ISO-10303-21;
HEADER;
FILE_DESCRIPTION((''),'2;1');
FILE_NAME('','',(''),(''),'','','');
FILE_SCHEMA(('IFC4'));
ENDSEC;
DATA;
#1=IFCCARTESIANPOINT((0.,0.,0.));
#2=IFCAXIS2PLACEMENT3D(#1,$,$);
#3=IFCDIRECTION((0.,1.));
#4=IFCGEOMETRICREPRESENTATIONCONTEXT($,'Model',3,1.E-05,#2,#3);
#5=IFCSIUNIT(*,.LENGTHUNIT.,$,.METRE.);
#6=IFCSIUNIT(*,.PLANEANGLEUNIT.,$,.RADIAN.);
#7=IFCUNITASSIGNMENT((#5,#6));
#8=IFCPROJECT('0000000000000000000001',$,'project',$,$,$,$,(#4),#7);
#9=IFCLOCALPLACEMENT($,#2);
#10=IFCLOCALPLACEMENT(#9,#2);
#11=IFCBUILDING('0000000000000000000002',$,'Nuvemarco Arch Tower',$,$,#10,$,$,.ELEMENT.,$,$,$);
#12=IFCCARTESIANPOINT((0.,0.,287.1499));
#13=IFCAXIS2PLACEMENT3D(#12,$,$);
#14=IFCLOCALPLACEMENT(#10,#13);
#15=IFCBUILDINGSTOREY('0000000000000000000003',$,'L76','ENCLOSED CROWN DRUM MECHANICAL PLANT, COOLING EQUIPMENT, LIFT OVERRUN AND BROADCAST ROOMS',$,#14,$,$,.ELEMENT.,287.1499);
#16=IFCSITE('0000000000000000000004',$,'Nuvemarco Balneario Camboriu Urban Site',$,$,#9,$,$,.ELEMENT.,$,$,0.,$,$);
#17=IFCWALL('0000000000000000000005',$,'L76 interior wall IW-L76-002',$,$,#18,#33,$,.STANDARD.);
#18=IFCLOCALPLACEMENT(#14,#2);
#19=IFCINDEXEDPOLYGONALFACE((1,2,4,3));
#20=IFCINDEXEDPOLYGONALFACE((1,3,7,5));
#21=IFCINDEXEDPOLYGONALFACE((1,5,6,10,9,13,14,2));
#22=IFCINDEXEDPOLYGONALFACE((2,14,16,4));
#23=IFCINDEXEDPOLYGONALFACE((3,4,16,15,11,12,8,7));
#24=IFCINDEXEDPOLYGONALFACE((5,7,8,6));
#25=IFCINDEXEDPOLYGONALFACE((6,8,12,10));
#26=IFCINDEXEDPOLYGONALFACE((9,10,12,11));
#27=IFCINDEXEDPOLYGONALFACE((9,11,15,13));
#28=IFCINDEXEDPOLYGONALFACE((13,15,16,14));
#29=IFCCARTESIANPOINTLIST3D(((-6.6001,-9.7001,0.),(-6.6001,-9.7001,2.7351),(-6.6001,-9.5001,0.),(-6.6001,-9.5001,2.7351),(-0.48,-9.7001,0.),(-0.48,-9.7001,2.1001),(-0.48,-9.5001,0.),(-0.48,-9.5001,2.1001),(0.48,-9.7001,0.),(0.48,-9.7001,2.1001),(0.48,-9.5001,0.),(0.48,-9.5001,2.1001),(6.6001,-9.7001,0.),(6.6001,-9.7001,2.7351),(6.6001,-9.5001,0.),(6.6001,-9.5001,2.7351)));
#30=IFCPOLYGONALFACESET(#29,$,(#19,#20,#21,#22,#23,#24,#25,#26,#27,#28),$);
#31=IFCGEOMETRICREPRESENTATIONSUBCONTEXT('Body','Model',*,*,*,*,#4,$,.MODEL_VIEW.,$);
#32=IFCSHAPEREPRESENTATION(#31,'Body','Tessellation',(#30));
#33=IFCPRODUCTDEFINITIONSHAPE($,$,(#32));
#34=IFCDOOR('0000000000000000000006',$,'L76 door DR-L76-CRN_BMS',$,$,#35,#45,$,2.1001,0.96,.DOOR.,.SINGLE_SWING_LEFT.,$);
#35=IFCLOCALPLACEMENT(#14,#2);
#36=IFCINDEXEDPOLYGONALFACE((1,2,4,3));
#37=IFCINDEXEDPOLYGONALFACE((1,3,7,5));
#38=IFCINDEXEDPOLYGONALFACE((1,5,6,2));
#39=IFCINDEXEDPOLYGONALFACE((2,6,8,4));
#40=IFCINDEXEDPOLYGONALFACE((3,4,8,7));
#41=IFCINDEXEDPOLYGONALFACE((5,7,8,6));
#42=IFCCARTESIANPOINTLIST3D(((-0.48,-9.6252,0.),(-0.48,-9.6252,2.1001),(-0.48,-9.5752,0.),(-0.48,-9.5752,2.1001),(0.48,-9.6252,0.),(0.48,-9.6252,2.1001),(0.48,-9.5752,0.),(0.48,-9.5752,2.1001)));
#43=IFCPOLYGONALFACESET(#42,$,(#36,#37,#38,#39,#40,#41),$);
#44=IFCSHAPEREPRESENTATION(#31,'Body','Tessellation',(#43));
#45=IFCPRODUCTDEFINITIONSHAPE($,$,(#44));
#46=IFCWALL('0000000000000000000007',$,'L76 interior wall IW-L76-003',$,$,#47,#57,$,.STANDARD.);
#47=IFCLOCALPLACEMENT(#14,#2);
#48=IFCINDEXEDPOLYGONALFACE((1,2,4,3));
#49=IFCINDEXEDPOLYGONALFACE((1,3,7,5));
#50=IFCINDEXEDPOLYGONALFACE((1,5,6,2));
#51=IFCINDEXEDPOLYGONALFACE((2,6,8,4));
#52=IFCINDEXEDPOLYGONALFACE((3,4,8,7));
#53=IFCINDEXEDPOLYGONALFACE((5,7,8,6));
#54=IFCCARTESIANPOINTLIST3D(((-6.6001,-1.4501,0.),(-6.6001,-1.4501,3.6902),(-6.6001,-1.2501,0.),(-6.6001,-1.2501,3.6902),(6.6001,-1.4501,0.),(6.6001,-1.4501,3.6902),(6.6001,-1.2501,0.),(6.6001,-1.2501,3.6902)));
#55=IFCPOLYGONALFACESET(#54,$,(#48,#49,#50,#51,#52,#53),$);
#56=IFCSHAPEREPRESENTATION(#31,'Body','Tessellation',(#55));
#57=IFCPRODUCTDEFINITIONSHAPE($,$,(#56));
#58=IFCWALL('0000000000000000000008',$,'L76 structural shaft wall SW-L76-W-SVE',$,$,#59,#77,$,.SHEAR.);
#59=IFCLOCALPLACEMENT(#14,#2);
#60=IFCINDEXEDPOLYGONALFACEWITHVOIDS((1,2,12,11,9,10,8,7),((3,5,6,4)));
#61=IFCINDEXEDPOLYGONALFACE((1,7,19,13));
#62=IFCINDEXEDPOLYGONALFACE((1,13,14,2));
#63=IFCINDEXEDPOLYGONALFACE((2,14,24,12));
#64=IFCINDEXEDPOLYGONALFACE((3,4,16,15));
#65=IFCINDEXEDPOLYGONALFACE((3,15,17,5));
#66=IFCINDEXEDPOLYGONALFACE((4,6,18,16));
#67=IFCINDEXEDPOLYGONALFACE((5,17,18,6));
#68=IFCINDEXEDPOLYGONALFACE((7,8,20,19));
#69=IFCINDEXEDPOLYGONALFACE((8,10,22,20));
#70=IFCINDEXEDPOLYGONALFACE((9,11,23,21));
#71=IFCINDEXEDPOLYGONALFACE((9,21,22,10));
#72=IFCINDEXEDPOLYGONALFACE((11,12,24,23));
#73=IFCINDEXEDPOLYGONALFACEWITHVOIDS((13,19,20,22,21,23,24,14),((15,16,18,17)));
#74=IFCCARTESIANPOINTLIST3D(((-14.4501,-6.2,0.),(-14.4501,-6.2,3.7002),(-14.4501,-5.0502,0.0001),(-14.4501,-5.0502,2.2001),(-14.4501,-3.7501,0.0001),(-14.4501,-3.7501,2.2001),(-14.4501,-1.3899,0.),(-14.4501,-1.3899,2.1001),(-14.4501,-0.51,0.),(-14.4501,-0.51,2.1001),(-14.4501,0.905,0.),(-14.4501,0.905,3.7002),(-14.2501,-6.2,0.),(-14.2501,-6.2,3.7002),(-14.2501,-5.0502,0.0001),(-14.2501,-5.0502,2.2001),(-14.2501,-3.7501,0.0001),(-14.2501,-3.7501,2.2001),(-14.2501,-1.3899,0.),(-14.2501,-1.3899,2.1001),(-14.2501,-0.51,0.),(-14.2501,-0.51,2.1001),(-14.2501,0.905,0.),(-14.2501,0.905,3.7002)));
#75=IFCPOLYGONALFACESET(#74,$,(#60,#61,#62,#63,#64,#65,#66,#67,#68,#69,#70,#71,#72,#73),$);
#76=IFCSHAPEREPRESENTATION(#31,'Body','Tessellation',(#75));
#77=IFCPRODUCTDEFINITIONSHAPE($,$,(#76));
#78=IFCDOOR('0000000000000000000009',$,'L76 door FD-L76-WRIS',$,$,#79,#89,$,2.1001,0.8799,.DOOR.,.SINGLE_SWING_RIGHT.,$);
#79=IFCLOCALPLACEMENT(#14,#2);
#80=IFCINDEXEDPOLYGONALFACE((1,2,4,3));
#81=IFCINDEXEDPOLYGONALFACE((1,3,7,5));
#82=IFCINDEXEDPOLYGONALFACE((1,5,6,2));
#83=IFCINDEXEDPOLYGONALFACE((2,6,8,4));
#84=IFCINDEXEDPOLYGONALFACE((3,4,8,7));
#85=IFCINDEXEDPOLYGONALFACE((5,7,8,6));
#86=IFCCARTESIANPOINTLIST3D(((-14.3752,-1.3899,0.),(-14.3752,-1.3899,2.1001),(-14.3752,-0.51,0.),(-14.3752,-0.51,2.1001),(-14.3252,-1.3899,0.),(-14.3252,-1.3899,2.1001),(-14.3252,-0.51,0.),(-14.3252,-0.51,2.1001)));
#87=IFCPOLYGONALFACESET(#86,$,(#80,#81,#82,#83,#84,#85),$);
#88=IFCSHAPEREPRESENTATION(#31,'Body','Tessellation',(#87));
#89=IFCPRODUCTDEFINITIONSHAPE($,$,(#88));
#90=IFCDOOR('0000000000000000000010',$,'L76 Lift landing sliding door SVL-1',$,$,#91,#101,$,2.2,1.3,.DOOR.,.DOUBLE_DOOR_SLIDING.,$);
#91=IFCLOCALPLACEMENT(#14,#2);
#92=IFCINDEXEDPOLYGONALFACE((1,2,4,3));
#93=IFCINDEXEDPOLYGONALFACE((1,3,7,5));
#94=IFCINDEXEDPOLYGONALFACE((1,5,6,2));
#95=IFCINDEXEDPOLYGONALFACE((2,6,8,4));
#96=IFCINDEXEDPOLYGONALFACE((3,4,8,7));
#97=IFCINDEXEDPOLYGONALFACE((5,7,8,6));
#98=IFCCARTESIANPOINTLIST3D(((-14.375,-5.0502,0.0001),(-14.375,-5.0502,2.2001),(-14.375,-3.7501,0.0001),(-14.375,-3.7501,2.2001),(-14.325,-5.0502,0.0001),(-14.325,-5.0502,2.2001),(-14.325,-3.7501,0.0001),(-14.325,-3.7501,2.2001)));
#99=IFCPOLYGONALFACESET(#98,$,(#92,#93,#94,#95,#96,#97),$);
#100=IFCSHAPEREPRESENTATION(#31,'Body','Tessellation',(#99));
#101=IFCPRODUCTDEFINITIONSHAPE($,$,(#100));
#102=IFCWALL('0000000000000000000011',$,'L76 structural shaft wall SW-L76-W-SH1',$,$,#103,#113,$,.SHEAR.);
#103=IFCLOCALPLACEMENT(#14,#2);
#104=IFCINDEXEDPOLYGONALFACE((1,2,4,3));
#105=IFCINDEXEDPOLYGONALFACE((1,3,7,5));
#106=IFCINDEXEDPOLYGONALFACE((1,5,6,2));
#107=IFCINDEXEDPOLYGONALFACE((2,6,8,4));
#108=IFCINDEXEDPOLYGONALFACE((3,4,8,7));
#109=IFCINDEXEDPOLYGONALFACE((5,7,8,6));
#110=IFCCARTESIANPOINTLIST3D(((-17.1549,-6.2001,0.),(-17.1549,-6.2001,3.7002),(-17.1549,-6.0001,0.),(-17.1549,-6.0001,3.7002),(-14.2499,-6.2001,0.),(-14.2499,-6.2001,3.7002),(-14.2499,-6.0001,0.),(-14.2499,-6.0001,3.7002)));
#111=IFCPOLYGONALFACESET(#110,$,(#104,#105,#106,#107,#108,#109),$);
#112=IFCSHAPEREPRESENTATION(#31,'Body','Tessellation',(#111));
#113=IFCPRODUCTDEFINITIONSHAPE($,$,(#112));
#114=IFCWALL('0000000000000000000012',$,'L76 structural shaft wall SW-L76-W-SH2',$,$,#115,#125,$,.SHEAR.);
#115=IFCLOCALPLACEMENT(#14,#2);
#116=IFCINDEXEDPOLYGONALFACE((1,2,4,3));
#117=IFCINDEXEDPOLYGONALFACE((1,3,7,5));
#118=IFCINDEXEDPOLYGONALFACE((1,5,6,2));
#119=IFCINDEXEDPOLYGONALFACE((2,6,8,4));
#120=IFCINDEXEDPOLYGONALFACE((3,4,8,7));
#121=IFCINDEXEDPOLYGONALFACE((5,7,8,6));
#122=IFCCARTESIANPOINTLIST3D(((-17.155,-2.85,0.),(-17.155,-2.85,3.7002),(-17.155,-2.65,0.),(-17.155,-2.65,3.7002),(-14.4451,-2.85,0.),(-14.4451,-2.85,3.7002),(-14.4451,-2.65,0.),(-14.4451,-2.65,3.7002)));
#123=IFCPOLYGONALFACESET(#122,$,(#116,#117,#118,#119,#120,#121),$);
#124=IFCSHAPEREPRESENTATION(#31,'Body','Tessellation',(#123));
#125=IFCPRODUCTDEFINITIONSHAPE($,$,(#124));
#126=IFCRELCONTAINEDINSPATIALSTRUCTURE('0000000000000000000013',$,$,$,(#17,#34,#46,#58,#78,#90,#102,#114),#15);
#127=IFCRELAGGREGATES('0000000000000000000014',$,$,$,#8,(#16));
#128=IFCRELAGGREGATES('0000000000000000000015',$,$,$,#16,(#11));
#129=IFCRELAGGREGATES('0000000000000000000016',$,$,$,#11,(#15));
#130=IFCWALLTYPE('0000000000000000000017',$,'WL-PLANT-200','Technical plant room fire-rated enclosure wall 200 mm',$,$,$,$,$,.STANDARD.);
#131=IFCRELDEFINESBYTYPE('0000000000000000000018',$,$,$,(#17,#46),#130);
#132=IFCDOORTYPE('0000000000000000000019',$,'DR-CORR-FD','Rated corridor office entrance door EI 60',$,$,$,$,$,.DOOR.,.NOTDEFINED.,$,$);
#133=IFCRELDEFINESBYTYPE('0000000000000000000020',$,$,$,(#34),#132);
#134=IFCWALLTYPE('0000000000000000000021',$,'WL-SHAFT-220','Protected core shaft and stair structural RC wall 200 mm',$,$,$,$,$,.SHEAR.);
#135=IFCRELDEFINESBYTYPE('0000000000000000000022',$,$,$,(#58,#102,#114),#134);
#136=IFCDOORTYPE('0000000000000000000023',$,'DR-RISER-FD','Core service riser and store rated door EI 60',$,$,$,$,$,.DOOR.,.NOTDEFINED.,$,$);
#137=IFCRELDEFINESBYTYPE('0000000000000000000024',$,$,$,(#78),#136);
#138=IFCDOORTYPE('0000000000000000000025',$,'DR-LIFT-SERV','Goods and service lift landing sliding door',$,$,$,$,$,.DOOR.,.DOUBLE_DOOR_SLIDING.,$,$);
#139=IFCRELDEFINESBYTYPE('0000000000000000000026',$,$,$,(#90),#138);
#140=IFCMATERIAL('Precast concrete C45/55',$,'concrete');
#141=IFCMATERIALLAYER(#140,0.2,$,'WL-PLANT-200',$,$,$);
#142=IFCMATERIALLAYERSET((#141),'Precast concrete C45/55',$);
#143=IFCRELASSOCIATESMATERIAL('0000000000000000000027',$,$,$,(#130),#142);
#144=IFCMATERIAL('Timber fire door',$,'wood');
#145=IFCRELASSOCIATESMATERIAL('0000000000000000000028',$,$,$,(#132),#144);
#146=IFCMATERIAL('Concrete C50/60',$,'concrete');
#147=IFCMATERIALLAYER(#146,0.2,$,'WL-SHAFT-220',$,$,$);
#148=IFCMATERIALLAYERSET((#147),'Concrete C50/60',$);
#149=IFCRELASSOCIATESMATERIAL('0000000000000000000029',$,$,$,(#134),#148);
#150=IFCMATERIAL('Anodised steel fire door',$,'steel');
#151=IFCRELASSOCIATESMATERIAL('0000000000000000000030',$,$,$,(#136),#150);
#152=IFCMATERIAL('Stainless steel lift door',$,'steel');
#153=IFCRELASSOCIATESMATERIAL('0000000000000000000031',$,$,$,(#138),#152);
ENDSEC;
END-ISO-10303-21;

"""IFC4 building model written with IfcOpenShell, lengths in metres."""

from ifc_helpers import new_model, si_unit, direction, frame, frame_2d, origin, place, context, subcontext, project, spatial, rectangle, extrude, source, transform, mapped, material, layer, layer_set, type_object, type_shapes, element, fill, save


model = new_model("IFC4")

# Units and contexts
model_context = context("Model", 3, precision=1e-05, world=origin(), true_north=direction((0.0, 1.0)))
body_context = subcontext(model_context, "Body", "Model", "MODEL_VIEW")
ifc_project = project(units=[si_unit("LENGTHUNIT", "METRE"), si_unit("PLANEANGLEUNIT", "RADIAN")], contexts=[model_context])

# Site, building, storey
site_placement = place(None, origin())
site = spatial("IfcSite", under=ifc_project, at=site_placement, Name="Nuvemarco Balneario Camboriu Urban Site", CompositionType="ELEMENT", RefElevation=0.0)
building_placement = place(site_placement, origin())
building = spatial("IfcBuilding", under=site, at=building_placement, Name="Nuvemarco Arch Tower", CompositionType="ELEMENT")
storey_placement = place(building_placement, frame((0.0, 0.0, 287.1499)))
storey = spatial("IfcBuildingStorey", under=building, at=storey_placement, Name="L76", Description="ENCLOSED CROWN DRUM MECHANICAL PLANT, COOLING EQUIPMENT, LIFT OVERRUN AND BROADCAST ROOMS", CompositionType="ELEMENT", Elevation=287.1499)

# Shared definitions
ifc_material_1 = material(Name="Concrete C50/60", Category="concrete")

# Shared definitions
ifc_material_2 = material(Name="Precast concrete C45/55", Category="concrete")

# Shared definitions
ifc_material_3 = material(Name="Anodised steel fire door", Category="steel")

# Wall, opening, door
ifc_layer_1 = layer(ifc_material_2, 0.2, Name="WL-PLANT-200")
ifc_layer_set_1 = layer_set([ifc_layer_1], Name="Precast concrete C45/55")
wall_type_1 = type_object("IfcWallType", Name="WL-PLANT-200", Description="Technical plant room fire-rated enclosure wall 200 mm", PredefinedType="STANDARD", material=ifc_layer_set_1)
wall_1_placement = place(storey_placement, frame((-6.6001, -9.6001, 0.0), z_axis=(0.0, 0.0, 1.0), x_axis=(1.0, 0.0, 0.0)))
wall_1 = element("IfcWall", 1, at=wall_1_placement, inside=storey, type_object=wall_type_1, Name="L76 interior wall IW-L76-002", PredefinedType="STANDARD", context=body_context, shape_type="SweptSolid", body=[
    extrude(rectangle(XDim=13.2002, YDim=0.2, at=frame_2d((6.6001, 0.0))), origin(), (0.0, 0.0, 1.0), 2.7351),
])
opening_1_placement = place(wall_1_placement, frame((6.1201, 0.0, 0.0)))
opening_1 = element("IfcOpeningElement", 2, at=opening_1_placement, cuts=wall_1, PredefinedType="OPENING", context=body_context, shape_type="SweptSolid", body=[
    extrude(rectangle(XDim=0.96, YDim=2.1001, at=frame_2d((0.48, 1.05))), frame((0.0, 0.1099, 0.0), z_axis=(0.0, -1.0, 0.0), x_axis=(1.0, 0.0, 0.0)), (0.0, 0.0, 1.0), 0.22),
])
ifc_material_4 = material(Name="Timber fire door", Category="wood")
door_type_1 = type_object("IfcDoorType", Name="DR-CORR-FD", Description="Rated corridor office entrance door EI 60", OperationType="NOTDEFINED", PredefinedType="DOOR", material=ifc_material_4)
shared_shape_1 = source(origin(), body_context, "Body", "SweptSolid", [
    extrude(rectangle(XDim=0.96, YDim=2.1001, at=frame_2d((0.48, 1.05))), frame((0.0, 0.0249, 0.0), z_axis=(0.0, -1.0, 0.0), x_axis=(1.0, 0.0, 0.0)), (0.0, 0.0, 1.0), 0.05),
])
type_shapes(door_type_1, [shared_shape_1])
door_1_placement = place(opening_1_placement, origin())
door_1 = element("IfcDoor", 3, at=door_1_placement, inside=storey, type_object=door_type_1, Name="L76 door DR-L76-CRN_BMS", OperationType="SINGLE_SWING_LEFT", OverallHeight=2.1001, OverallWidth=0.96, PredefinedType="DOOR", context=body_context, shape_type="MappedRepresentation", body=[
    mapped(shared_shape_1, transform((0.0, 0.0, 0.0), scale=1.0)),
])
fill(opening_1, door_1)

# Wall
wall_2_placement = place(storey_placement, frame((-6.6001, -1.3501, 0.0), z_axis=(0.0, 0.0, 1.0), x_axis=(1.0, 0.0, 0.0)))
element("IfcWall", 4, at=wall_2_placement, inside=storey, type_object=wall_type_1, Name="L76 interior wall IW-L76-003", PredefinedType="STANDARD", context=body_context, shape_type="SweptSolid", body=[
    extrude(rectangle(XDim=13.2002, YDim=0.2, at=frame_2d((6.6001, 0.0))), origin(), (0.0, 0.0, 1.0), 3.6902),
])

# Shared definitions
ifc_layer_2 = layer(ifc_material_1, 0.2, Name="WL-SHAFT-220")
ifc_layer_set_2 = layer_set([ifc_layer_2], Name="Concrete C50/60")
wall_type_2 = type_object("IfcWallType", Name="WL-SHAFT-220", Description="Protected core shaft and stair structural RC wall 200 mm", PredefinedType="SHEAR", material=ifc_layer_set_2)
ifc_material_5 = material(Name="Stainless steel lift door", Category="steel")

# Wall, openings, doors
wall_3_placement = place(storey_placement, frame((-14.3501, -6.2, 0.0), z_axis=(0.0, 0.0, 1.0), x_axis=(0.0, 1.0, 0.0)))
wall_3 = element("IfcWall", 5, at=wall_3_placement, inside=storey, type_object=wall_type_2, Name="L76 structural shaft wall SW-L76-W-SVE", PredefinedType="SHEAR", context=body_context, shape_type="SweptSolid", body=[
    extrude(rectangle(XDim=7.105, YDim=0.2, at=frame_2d((3.5525, 0.0))), origin(), (0.0, 0.0, 1.0), 3.7002),
])
opening_2_placement = place(wall_3_placement, frame((5.6899, 0.0, 0.0), z_axis=(0.0, 0.0, 1.0), x_axis=(-1.0, 0.0, 0.0)))
opening_2 = element("IfcOpeningElement", 6, at=opening_2_placement, cuts=wall_3, PredefinedType="OPENING", context=body_context, shape_type="SweptSolid", body=[
    extrude(rectangle(XDim=0.8799, YDim=2.1001, at=frame_2d((0.4399, 1.05))), frame((0.0, 0.1099, 0.0), z_axis=(0.0, -1.0, 0.0), x_axis=(1.0, 0.0, 0.0)), (0.0, 0.0, 1.0), 0.22),
])
opening_3_placement = place(wall_3_placement, frame((1.1499, 0.0, 0.0)))
opening_3 = element("IfcOpeningElement", 7, at=opening_3_placement, cuts=wall_3, PredefinedType="OPENING", context=body_context, shape_type="SweptSolid", body=[
    extrude(rectangle(XDim=1.3, YDim=2.2, at=frame_2d((0.6499, 1.1001))), frame((0.0, 0.1099, 0.0), z_axis=(0.0, -1.0, 0.0), x_axis=(1.0, 0.0, 0.0)), (0.0, 0.0, 1.0), 0.22),
])
door_type_2 = type_object("IfcDoorType", Name="DR-RISER-FD", Description="Core service riser and store rated door EI 60", OperationType="NOTDEFINED", PredefinedType="DOOR", material=ifc_material_3)
shared_shape_2 = source(origin(), body_context, "Body", "SweptSolid", [
    extrude(rectangle(XDim=0.8799, YDim=2.1001, at=frame_2d((0.4399, 1.05))), frame((0.0, 0.0249, 0.0), z_axis=(0.0, -1.0, 0.0), x_axis=(1.0, 0.0, 0.0)), (0.0, 0.0, 1.0), 0.05),
])
type_shapes(door_type_2, [shared_shape_2])
door_2_placement = place(opening_2_placement, origin())
door_2 = element("IfcDoor", 8, at=door_2_placement, inside=storey, type_object=door_type_2, Name="L76 door FD-L76-WRIS", OperationType="SINGLE_SWING_RIGHT", OverallHeight=2.1001, OverallWidth=0.8799, PredefinedType="DOOR", context=body_context, shape_type="MappedRepresentation", body=[
    mapped(shared_shape_2, transform((0.0, 0.0, 0.0), scale=1.0)),
])
fill(opening_2, door_2)
door_type_3 = type_object("IfcDoorType", Name="DR-LIFT-SERV", Description="Goods and service lift landing sliding door", OperationType="DOUBLE_DOOR_SLIDING", PredefinedType="DOOR", material=ifc_material_5)
shared_shape_3 = source(origin(), body_context, "Body", "SweptSolid", [
    extrude(rectangle(XDim=1.3, YDim=2.2, at=frame_2d((0.6499, 1.1001))), frame((0.0, 0.0249, 0.0), z_axis=(0.0, -1.0, 0.0), x_axis=(1.0, 0.0, 0.0)), (0.0, 0.0, 1.0), 0.05),
])
type_shapes(door_type_3, [shared_shape_3])
door_3_placement = place(opening_3_placement, origin())
door_3 = element("IfcDoor", 9, at=door_3_placement, inside=storey, type_object=door_type_3, Name="L76 Lift landing sliding door SVL-1", OperationType="DOUBLE_DOOR_SLIDING", OverallHeight=2.2, OverallWidth=1.3, PredefinedType="DOOR", context=body_context, shape_type="MappedRepresentation", body=[
    mapped(shared_shape_3, transform((0.0, 0.0, 0.0), scale=1.0)),
])
fill(opening_3, door_3)

# Walls
wall_4_placement = place(storey_placement, frame((-17.155, -6.1001, 0.0), z_axis=(0.0, 0.0, 1.0), x_axis=(1.0, 0.0, 0.0)))
element("IfcWall", 10, at=wall_4_placement, inside=storey, type_object=wall_type_2, Name="L76 structural shaft wall SW-L76-W-SH1", PredefinedType="SHEAR", context=body_context, shape_type="SweptSolid", body=[
    extrude(rectangle(XDim=2.905, YDim=0.2, at=frame_2d((1.4526, 0.0))), origin(), (0.0, 0.0, 1.0), 3.7002),
])
wall_5_placement = place(storey_placement, frame((-17.155, -2.75, 0.0), z_axis=(0.0, 0.0, 1.0), x_axis=(1.0, 0.0, 0.0)))
element("IfcWall", 11, at=wall_5_placement, inside=storey, type_object=wall_type_2, Name="L76 structural shaft wall SW-L76-W-SH2", PredefinedType="SHEAR", context=body_context, shape_type="SweptSolid", body=[
    extrude(rectangle(XDim=2.71, YDim=0.2, at=frame_2d((1.355, 0.0))), origin(), (0.0, 0.0, 1.0), 3.7002),
])

save(model, "model.ifc")
